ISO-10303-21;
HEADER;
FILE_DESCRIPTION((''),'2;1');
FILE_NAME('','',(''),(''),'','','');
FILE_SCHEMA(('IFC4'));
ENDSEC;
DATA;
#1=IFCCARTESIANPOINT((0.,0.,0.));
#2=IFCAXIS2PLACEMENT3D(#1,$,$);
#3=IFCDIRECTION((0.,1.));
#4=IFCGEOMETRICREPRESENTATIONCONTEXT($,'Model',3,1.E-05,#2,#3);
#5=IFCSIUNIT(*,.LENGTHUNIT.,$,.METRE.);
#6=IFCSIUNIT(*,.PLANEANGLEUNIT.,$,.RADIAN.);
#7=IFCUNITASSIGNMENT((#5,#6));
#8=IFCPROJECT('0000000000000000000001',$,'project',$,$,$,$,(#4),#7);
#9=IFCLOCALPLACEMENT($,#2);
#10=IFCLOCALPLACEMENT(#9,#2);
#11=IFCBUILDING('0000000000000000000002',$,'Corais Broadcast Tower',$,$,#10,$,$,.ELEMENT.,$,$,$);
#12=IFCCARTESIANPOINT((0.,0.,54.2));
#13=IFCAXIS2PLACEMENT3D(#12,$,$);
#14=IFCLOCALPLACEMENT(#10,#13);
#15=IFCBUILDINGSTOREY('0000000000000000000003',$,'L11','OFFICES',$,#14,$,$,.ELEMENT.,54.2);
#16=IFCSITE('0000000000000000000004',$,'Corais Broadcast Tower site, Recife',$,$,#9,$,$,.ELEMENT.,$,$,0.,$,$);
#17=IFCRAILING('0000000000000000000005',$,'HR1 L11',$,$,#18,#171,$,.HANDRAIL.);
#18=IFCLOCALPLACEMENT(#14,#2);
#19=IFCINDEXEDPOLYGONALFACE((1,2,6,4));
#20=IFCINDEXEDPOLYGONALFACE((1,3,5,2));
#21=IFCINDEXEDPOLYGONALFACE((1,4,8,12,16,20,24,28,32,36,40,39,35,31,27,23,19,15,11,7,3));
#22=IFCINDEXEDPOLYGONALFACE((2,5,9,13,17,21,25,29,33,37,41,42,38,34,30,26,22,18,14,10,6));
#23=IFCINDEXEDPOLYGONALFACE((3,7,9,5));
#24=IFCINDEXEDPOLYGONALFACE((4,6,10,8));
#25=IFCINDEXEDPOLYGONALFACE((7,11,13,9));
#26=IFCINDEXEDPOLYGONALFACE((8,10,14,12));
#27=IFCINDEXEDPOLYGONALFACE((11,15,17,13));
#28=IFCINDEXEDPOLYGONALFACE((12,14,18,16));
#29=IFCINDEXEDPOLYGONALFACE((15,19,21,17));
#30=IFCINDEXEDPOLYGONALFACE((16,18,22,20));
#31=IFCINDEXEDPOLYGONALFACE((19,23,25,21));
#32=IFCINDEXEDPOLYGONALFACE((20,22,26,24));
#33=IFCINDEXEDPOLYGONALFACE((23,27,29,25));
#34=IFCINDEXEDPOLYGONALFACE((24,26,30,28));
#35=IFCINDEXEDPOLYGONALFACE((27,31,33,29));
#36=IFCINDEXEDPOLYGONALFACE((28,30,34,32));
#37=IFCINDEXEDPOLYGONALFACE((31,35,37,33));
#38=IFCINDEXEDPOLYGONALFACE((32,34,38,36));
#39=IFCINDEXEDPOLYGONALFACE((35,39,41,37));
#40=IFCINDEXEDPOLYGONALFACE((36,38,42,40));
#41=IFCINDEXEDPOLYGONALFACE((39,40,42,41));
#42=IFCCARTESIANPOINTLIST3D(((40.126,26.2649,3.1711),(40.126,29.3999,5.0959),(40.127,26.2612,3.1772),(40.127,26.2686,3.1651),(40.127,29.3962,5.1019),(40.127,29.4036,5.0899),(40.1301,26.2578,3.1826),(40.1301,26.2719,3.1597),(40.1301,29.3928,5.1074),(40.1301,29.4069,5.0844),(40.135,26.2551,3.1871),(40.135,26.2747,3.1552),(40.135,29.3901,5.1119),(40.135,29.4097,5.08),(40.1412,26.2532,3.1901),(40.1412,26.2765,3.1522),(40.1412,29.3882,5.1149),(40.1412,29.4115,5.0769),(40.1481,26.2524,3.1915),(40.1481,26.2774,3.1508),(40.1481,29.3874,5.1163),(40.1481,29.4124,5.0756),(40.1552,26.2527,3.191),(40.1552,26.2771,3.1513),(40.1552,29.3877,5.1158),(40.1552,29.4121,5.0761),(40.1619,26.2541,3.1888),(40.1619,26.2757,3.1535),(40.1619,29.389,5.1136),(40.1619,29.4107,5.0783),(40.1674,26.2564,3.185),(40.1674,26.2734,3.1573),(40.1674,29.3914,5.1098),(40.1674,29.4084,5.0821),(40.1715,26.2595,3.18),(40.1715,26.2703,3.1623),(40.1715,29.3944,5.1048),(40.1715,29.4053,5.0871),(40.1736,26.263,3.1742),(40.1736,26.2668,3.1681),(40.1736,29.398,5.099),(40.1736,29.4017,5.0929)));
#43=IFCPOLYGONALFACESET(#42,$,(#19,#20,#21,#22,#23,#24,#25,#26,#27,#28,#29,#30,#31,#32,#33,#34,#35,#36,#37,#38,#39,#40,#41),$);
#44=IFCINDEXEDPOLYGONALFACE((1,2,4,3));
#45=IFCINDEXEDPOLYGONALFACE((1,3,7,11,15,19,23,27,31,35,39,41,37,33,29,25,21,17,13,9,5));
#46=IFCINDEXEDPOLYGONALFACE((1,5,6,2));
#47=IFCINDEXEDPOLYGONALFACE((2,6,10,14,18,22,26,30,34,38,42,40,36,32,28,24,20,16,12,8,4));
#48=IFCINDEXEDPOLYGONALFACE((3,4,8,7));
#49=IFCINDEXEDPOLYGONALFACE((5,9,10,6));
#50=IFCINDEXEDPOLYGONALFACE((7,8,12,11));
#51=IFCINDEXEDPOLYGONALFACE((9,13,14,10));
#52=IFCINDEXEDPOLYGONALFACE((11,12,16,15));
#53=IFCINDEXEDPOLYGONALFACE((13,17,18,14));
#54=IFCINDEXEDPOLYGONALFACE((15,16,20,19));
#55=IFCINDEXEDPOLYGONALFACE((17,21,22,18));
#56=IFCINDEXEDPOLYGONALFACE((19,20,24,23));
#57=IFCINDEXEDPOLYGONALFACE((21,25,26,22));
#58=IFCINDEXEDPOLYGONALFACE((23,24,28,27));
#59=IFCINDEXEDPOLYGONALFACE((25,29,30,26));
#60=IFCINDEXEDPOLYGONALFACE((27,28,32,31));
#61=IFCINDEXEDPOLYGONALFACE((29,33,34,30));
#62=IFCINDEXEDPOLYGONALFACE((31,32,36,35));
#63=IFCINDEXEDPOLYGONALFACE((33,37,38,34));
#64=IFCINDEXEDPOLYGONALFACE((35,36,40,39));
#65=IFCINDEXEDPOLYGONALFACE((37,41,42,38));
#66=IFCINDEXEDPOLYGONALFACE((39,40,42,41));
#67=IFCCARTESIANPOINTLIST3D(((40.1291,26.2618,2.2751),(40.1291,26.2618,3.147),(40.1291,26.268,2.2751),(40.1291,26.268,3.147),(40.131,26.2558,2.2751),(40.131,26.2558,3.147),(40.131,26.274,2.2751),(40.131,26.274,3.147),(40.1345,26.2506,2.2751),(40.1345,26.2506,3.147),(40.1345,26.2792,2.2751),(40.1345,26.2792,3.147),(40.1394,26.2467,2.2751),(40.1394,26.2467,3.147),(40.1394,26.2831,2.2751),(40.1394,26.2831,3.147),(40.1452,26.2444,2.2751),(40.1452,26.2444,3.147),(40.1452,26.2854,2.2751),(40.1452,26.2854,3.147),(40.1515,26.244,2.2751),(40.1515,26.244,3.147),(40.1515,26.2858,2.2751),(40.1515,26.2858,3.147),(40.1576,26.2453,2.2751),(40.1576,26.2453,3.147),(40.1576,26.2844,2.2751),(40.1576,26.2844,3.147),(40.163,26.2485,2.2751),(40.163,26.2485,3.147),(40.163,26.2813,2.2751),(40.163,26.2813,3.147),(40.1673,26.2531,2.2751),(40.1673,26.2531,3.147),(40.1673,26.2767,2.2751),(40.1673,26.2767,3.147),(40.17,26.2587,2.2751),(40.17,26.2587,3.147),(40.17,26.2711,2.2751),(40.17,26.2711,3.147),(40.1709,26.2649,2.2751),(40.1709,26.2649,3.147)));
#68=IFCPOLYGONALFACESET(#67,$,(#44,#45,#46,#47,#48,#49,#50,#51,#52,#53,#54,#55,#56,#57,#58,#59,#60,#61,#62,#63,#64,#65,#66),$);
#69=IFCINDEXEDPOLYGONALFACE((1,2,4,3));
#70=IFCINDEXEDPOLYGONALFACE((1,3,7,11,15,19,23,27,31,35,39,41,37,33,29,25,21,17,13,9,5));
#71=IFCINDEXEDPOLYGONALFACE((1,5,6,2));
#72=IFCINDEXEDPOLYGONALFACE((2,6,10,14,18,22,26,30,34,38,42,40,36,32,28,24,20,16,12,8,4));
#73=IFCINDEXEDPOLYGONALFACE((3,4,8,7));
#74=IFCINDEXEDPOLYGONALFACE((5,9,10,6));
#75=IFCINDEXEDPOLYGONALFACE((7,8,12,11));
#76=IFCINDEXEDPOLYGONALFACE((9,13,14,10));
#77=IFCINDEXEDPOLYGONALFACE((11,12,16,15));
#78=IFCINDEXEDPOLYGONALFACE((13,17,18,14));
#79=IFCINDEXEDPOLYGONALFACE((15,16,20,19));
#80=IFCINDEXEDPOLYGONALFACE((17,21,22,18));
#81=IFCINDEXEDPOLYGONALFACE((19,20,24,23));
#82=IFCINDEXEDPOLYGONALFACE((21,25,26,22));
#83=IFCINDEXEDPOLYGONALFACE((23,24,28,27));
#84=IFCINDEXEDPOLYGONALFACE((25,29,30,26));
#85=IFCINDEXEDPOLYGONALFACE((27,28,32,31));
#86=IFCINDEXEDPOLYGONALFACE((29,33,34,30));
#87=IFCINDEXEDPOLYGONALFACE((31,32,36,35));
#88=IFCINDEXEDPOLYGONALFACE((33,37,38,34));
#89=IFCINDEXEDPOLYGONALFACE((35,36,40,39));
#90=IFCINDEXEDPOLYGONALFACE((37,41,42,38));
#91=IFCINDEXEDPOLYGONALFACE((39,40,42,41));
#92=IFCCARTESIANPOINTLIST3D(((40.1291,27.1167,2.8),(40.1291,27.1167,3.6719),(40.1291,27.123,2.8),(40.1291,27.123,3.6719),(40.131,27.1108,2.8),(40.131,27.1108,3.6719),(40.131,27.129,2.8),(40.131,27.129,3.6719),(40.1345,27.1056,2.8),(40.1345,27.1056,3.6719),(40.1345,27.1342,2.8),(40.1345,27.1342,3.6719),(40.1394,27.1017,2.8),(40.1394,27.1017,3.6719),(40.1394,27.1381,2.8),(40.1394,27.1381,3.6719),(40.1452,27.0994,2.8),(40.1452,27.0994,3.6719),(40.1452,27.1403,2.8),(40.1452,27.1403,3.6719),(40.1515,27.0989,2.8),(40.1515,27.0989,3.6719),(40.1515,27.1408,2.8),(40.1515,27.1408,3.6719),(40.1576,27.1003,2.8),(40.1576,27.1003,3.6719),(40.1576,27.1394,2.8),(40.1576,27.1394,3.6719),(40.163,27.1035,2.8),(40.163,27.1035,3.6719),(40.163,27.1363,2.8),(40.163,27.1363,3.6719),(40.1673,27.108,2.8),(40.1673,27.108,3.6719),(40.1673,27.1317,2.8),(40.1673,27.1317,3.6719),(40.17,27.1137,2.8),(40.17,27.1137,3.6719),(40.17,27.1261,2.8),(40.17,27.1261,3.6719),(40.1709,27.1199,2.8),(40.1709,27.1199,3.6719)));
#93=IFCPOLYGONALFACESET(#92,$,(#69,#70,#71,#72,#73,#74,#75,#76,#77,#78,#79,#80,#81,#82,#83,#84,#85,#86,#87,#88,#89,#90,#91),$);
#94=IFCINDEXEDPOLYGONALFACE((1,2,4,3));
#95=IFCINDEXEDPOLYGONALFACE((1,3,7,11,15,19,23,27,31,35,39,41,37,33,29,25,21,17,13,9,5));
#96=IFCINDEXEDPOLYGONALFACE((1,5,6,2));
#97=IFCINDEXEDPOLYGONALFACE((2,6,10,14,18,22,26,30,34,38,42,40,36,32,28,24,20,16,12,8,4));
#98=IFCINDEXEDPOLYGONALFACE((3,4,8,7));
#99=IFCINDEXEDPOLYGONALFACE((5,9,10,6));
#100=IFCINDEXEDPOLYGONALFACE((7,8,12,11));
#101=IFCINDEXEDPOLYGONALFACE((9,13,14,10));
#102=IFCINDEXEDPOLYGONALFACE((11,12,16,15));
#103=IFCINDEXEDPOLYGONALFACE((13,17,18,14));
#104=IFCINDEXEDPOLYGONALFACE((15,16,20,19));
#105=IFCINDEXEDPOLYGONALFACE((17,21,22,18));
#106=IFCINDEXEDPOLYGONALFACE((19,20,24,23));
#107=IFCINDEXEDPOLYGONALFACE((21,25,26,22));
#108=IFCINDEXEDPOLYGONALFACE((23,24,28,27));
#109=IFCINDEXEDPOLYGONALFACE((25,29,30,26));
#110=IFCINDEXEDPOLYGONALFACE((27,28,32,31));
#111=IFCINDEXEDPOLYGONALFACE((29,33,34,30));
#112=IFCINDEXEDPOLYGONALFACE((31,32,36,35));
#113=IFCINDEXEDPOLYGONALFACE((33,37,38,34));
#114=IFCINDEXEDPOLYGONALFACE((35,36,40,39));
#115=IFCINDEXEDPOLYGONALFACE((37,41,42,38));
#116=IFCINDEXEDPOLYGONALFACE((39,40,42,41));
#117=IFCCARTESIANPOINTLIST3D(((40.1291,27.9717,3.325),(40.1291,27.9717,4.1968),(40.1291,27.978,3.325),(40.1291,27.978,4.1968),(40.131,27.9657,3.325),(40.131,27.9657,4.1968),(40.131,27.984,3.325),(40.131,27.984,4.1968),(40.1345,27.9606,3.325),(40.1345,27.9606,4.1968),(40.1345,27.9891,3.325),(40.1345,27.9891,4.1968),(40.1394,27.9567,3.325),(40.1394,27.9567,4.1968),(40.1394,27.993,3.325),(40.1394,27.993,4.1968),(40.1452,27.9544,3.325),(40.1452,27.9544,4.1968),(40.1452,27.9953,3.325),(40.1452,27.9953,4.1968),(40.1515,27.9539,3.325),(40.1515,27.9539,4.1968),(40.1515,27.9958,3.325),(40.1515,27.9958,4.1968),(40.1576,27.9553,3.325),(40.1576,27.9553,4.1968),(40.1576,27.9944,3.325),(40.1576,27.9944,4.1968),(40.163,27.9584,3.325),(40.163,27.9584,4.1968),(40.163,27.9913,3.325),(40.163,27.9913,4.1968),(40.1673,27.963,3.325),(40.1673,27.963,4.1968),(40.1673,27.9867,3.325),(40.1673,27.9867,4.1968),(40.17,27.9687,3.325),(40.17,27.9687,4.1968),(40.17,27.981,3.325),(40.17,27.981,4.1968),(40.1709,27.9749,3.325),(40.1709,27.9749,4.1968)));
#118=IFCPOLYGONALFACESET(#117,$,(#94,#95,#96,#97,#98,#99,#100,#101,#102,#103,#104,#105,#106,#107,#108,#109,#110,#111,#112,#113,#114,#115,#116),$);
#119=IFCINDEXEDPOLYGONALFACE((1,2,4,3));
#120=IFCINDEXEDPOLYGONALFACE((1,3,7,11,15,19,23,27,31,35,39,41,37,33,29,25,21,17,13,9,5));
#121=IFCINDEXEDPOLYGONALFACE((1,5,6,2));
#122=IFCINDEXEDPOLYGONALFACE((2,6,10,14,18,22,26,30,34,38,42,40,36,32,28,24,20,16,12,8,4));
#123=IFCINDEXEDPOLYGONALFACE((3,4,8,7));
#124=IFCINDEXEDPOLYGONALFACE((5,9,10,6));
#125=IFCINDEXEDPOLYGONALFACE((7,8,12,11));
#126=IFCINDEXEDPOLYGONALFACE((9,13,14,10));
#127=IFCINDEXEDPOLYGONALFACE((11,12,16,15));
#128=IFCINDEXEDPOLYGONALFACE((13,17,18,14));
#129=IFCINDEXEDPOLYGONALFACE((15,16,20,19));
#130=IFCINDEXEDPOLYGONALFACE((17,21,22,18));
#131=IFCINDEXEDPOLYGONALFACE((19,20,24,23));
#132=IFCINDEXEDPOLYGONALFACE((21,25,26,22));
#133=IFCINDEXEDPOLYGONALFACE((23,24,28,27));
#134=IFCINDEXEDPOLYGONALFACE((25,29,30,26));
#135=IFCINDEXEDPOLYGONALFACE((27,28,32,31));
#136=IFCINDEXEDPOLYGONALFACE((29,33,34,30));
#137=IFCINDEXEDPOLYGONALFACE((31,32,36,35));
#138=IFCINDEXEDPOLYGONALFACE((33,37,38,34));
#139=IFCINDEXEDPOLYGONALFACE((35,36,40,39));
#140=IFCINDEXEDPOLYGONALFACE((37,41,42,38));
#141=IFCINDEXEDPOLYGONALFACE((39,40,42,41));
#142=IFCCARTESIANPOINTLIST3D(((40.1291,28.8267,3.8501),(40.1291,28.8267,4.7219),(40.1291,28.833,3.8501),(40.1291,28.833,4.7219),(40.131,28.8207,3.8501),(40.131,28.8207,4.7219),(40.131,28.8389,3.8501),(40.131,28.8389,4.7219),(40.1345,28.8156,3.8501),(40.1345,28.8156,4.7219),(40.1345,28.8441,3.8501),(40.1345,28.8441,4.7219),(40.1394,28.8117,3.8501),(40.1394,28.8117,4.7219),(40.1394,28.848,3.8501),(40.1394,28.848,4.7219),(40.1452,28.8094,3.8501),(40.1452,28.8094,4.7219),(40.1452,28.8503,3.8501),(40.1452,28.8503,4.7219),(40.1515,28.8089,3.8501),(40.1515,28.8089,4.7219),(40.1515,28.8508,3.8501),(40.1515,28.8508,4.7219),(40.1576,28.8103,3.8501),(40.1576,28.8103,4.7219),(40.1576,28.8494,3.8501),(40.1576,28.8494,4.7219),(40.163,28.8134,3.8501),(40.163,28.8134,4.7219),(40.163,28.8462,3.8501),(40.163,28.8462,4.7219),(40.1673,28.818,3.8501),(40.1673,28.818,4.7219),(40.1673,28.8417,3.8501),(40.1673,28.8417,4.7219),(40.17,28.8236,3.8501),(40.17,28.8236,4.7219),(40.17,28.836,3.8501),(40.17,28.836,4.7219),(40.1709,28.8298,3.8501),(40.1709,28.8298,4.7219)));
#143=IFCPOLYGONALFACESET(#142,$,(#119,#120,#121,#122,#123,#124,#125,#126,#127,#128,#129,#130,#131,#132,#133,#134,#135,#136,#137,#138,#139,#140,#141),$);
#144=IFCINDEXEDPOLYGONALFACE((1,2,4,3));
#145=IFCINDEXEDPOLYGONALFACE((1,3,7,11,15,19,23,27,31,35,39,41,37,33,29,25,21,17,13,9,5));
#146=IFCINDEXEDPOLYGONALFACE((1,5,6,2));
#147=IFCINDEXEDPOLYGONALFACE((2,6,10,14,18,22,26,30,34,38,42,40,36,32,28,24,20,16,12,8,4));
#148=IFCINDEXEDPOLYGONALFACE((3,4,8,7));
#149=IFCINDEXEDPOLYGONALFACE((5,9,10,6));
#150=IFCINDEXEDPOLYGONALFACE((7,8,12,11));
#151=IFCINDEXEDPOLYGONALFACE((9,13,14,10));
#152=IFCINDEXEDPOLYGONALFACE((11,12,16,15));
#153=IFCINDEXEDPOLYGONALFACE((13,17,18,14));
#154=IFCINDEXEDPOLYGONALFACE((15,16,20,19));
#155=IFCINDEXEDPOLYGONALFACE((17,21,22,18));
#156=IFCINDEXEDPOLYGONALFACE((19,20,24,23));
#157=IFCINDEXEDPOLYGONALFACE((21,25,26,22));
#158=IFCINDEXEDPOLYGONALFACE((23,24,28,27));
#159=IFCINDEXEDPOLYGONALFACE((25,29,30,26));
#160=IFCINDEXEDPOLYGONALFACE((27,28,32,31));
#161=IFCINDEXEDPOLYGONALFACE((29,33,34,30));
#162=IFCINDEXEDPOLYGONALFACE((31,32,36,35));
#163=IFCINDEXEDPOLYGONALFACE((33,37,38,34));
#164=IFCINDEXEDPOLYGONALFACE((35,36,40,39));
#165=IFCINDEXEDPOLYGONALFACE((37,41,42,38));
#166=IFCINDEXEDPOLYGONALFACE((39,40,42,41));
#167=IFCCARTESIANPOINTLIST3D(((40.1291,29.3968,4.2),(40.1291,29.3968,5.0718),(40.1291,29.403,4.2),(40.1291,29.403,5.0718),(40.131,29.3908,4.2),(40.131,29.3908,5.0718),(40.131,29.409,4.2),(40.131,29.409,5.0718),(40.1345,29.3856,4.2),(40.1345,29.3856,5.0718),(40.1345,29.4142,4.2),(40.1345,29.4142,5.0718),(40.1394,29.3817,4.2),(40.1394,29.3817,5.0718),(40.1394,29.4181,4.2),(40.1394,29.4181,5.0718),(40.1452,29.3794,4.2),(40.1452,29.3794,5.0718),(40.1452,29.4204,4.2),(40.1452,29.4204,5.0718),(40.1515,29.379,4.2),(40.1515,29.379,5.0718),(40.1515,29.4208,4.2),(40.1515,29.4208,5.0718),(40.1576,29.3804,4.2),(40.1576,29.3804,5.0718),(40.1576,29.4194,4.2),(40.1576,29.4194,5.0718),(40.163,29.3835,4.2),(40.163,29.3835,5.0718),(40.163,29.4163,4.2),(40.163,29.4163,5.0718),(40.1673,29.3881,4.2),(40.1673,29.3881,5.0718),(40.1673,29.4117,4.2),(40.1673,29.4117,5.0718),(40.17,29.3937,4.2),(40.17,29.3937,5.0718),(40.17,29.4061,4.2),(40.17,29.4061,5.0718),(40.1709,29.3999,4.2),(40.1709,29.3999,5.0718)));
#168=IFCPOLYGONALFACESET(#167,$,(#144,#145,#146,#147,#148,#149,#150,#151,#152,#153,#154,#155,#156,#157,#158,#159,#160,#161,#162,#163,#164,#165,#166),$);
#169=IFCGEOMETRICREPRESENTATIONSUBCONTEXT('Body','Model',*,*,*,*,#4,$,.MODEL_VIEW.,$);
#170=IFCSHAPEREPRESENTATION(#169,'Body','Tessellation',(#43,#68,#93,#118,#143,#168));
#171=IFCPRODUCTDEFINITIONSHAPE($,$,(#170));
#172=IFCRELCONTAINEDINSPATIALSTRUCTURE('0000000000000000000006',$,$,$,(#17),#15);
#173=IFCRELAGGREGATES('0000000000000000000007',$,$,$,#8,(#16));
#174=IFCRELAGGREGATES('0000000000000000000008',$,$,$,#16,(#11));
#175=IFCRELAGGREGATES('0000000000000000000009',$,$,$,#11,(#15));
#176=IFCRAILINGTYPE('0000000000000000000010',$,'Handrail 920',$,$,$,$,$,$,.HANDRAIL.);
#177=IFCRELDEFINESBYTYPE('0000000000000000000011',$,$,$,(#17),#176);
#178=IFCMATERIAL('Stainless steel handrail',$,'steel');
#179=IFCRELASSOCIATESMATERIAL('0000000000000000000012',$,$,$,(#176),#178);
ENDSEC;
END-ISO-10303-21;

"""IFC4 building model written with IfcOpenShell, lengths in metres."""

from ifc_helpers import new_model, si_unit, direction, frame, origin, origin_2d, place, context, subcontext, project, spatial, circle, extrude, material, type_object, element, save


model = new_model("IFC4")

# Units and contexts
model_context = context("Model", 3, precision=1e-05, world=origin(), true_north=direction((0.0, 1.0)))
body_context = subcontext(model_context, "Body", "Model", "MODEL_VIEW")
ifc_project = project(units=[si_unit("LENGTHUNIT", "METRE"), si_unit("PLANEANGLEUNIT", "RADIAN")], contexts=[model_context])

# Site, building, storey
site_placement = place(None, origin())
site = spatial("IfcSite", under=ifc_project, at=site_placement, Name="Corais Broadcast Tower site, Recife", CompositionType="ELEMENT", RefElevation=0.0)
building_placement = place(site_placement, origin())
building = spatial("IfcBuilding", under=site, at=building_placement, Name="Corais Broadcast Tower", CompositionType="ELEMENT")
storey_placement = place(building_placement, frame((0.0, 0.0, 54.2)))
storey = spatial("IfcBuildingStorey", under=building, at=storey_placement, Name="L11", Description="OFFICES", CompositionType="ELEMENT", Elevation=54.2)

# Railing
ifc_material_1 = material(Name="Stainless steel handrail", Category="steel")
railing_type = type_object("IfcRailingType", Name="Handrail 920", PredefinedType="HANDRAIL", material=ifc_material_1)
for number, where, name in (
    (1, (40.1499, 26.2649, 2.2751), "HR1 L11"),
):
    element("IfcRailing", number, at=place(storey_placement, frame(where)), inside=storey, type_object=railing_type, Name=name, PredefinedType="HANDRAIL", context=body_context, shape_type="SweptSolid", body=[
        extrude(circle(Radius=0.0239, at=origin_2d()), frame((0.0, 0.0, 0.896), z_axis=(0.0, 0.852196, 0.523223), x_axis=(-1.0, 0.0, 0.0)), (0.0, 0.0, 1.0), 3.6787),
        extrude(circle(Radius=0.021, at=origin_2d()), origin(), (0.0, 0.0, 1.0), 0.8718),
        extrude(circle(Radius=0.021, at=origin_2d()), frame((0.0, 0.855, 0.5249)), (0.0, 0.0, 1.0), 0.8718),
        extrude(circle(Radius=0.021, at=origin_2d()), frame((0.0, 1.71, 1.0498)), (0.0, 0.0, 1.0), 0.8718),
        extrude(circle(Radius=0.021, at=origin_2d()), frame((0.0, 2.5649, 1.575)), (0.0, 0.0, 1.0), 0.8718),
        extrude(circle(Radius=0.021, at=origin_2d()), frame((0.0, 3.135, 1.9248)), (0.0, 0.0, 1.0), 0.8718),
    ])

save(model, "model.ifc")
